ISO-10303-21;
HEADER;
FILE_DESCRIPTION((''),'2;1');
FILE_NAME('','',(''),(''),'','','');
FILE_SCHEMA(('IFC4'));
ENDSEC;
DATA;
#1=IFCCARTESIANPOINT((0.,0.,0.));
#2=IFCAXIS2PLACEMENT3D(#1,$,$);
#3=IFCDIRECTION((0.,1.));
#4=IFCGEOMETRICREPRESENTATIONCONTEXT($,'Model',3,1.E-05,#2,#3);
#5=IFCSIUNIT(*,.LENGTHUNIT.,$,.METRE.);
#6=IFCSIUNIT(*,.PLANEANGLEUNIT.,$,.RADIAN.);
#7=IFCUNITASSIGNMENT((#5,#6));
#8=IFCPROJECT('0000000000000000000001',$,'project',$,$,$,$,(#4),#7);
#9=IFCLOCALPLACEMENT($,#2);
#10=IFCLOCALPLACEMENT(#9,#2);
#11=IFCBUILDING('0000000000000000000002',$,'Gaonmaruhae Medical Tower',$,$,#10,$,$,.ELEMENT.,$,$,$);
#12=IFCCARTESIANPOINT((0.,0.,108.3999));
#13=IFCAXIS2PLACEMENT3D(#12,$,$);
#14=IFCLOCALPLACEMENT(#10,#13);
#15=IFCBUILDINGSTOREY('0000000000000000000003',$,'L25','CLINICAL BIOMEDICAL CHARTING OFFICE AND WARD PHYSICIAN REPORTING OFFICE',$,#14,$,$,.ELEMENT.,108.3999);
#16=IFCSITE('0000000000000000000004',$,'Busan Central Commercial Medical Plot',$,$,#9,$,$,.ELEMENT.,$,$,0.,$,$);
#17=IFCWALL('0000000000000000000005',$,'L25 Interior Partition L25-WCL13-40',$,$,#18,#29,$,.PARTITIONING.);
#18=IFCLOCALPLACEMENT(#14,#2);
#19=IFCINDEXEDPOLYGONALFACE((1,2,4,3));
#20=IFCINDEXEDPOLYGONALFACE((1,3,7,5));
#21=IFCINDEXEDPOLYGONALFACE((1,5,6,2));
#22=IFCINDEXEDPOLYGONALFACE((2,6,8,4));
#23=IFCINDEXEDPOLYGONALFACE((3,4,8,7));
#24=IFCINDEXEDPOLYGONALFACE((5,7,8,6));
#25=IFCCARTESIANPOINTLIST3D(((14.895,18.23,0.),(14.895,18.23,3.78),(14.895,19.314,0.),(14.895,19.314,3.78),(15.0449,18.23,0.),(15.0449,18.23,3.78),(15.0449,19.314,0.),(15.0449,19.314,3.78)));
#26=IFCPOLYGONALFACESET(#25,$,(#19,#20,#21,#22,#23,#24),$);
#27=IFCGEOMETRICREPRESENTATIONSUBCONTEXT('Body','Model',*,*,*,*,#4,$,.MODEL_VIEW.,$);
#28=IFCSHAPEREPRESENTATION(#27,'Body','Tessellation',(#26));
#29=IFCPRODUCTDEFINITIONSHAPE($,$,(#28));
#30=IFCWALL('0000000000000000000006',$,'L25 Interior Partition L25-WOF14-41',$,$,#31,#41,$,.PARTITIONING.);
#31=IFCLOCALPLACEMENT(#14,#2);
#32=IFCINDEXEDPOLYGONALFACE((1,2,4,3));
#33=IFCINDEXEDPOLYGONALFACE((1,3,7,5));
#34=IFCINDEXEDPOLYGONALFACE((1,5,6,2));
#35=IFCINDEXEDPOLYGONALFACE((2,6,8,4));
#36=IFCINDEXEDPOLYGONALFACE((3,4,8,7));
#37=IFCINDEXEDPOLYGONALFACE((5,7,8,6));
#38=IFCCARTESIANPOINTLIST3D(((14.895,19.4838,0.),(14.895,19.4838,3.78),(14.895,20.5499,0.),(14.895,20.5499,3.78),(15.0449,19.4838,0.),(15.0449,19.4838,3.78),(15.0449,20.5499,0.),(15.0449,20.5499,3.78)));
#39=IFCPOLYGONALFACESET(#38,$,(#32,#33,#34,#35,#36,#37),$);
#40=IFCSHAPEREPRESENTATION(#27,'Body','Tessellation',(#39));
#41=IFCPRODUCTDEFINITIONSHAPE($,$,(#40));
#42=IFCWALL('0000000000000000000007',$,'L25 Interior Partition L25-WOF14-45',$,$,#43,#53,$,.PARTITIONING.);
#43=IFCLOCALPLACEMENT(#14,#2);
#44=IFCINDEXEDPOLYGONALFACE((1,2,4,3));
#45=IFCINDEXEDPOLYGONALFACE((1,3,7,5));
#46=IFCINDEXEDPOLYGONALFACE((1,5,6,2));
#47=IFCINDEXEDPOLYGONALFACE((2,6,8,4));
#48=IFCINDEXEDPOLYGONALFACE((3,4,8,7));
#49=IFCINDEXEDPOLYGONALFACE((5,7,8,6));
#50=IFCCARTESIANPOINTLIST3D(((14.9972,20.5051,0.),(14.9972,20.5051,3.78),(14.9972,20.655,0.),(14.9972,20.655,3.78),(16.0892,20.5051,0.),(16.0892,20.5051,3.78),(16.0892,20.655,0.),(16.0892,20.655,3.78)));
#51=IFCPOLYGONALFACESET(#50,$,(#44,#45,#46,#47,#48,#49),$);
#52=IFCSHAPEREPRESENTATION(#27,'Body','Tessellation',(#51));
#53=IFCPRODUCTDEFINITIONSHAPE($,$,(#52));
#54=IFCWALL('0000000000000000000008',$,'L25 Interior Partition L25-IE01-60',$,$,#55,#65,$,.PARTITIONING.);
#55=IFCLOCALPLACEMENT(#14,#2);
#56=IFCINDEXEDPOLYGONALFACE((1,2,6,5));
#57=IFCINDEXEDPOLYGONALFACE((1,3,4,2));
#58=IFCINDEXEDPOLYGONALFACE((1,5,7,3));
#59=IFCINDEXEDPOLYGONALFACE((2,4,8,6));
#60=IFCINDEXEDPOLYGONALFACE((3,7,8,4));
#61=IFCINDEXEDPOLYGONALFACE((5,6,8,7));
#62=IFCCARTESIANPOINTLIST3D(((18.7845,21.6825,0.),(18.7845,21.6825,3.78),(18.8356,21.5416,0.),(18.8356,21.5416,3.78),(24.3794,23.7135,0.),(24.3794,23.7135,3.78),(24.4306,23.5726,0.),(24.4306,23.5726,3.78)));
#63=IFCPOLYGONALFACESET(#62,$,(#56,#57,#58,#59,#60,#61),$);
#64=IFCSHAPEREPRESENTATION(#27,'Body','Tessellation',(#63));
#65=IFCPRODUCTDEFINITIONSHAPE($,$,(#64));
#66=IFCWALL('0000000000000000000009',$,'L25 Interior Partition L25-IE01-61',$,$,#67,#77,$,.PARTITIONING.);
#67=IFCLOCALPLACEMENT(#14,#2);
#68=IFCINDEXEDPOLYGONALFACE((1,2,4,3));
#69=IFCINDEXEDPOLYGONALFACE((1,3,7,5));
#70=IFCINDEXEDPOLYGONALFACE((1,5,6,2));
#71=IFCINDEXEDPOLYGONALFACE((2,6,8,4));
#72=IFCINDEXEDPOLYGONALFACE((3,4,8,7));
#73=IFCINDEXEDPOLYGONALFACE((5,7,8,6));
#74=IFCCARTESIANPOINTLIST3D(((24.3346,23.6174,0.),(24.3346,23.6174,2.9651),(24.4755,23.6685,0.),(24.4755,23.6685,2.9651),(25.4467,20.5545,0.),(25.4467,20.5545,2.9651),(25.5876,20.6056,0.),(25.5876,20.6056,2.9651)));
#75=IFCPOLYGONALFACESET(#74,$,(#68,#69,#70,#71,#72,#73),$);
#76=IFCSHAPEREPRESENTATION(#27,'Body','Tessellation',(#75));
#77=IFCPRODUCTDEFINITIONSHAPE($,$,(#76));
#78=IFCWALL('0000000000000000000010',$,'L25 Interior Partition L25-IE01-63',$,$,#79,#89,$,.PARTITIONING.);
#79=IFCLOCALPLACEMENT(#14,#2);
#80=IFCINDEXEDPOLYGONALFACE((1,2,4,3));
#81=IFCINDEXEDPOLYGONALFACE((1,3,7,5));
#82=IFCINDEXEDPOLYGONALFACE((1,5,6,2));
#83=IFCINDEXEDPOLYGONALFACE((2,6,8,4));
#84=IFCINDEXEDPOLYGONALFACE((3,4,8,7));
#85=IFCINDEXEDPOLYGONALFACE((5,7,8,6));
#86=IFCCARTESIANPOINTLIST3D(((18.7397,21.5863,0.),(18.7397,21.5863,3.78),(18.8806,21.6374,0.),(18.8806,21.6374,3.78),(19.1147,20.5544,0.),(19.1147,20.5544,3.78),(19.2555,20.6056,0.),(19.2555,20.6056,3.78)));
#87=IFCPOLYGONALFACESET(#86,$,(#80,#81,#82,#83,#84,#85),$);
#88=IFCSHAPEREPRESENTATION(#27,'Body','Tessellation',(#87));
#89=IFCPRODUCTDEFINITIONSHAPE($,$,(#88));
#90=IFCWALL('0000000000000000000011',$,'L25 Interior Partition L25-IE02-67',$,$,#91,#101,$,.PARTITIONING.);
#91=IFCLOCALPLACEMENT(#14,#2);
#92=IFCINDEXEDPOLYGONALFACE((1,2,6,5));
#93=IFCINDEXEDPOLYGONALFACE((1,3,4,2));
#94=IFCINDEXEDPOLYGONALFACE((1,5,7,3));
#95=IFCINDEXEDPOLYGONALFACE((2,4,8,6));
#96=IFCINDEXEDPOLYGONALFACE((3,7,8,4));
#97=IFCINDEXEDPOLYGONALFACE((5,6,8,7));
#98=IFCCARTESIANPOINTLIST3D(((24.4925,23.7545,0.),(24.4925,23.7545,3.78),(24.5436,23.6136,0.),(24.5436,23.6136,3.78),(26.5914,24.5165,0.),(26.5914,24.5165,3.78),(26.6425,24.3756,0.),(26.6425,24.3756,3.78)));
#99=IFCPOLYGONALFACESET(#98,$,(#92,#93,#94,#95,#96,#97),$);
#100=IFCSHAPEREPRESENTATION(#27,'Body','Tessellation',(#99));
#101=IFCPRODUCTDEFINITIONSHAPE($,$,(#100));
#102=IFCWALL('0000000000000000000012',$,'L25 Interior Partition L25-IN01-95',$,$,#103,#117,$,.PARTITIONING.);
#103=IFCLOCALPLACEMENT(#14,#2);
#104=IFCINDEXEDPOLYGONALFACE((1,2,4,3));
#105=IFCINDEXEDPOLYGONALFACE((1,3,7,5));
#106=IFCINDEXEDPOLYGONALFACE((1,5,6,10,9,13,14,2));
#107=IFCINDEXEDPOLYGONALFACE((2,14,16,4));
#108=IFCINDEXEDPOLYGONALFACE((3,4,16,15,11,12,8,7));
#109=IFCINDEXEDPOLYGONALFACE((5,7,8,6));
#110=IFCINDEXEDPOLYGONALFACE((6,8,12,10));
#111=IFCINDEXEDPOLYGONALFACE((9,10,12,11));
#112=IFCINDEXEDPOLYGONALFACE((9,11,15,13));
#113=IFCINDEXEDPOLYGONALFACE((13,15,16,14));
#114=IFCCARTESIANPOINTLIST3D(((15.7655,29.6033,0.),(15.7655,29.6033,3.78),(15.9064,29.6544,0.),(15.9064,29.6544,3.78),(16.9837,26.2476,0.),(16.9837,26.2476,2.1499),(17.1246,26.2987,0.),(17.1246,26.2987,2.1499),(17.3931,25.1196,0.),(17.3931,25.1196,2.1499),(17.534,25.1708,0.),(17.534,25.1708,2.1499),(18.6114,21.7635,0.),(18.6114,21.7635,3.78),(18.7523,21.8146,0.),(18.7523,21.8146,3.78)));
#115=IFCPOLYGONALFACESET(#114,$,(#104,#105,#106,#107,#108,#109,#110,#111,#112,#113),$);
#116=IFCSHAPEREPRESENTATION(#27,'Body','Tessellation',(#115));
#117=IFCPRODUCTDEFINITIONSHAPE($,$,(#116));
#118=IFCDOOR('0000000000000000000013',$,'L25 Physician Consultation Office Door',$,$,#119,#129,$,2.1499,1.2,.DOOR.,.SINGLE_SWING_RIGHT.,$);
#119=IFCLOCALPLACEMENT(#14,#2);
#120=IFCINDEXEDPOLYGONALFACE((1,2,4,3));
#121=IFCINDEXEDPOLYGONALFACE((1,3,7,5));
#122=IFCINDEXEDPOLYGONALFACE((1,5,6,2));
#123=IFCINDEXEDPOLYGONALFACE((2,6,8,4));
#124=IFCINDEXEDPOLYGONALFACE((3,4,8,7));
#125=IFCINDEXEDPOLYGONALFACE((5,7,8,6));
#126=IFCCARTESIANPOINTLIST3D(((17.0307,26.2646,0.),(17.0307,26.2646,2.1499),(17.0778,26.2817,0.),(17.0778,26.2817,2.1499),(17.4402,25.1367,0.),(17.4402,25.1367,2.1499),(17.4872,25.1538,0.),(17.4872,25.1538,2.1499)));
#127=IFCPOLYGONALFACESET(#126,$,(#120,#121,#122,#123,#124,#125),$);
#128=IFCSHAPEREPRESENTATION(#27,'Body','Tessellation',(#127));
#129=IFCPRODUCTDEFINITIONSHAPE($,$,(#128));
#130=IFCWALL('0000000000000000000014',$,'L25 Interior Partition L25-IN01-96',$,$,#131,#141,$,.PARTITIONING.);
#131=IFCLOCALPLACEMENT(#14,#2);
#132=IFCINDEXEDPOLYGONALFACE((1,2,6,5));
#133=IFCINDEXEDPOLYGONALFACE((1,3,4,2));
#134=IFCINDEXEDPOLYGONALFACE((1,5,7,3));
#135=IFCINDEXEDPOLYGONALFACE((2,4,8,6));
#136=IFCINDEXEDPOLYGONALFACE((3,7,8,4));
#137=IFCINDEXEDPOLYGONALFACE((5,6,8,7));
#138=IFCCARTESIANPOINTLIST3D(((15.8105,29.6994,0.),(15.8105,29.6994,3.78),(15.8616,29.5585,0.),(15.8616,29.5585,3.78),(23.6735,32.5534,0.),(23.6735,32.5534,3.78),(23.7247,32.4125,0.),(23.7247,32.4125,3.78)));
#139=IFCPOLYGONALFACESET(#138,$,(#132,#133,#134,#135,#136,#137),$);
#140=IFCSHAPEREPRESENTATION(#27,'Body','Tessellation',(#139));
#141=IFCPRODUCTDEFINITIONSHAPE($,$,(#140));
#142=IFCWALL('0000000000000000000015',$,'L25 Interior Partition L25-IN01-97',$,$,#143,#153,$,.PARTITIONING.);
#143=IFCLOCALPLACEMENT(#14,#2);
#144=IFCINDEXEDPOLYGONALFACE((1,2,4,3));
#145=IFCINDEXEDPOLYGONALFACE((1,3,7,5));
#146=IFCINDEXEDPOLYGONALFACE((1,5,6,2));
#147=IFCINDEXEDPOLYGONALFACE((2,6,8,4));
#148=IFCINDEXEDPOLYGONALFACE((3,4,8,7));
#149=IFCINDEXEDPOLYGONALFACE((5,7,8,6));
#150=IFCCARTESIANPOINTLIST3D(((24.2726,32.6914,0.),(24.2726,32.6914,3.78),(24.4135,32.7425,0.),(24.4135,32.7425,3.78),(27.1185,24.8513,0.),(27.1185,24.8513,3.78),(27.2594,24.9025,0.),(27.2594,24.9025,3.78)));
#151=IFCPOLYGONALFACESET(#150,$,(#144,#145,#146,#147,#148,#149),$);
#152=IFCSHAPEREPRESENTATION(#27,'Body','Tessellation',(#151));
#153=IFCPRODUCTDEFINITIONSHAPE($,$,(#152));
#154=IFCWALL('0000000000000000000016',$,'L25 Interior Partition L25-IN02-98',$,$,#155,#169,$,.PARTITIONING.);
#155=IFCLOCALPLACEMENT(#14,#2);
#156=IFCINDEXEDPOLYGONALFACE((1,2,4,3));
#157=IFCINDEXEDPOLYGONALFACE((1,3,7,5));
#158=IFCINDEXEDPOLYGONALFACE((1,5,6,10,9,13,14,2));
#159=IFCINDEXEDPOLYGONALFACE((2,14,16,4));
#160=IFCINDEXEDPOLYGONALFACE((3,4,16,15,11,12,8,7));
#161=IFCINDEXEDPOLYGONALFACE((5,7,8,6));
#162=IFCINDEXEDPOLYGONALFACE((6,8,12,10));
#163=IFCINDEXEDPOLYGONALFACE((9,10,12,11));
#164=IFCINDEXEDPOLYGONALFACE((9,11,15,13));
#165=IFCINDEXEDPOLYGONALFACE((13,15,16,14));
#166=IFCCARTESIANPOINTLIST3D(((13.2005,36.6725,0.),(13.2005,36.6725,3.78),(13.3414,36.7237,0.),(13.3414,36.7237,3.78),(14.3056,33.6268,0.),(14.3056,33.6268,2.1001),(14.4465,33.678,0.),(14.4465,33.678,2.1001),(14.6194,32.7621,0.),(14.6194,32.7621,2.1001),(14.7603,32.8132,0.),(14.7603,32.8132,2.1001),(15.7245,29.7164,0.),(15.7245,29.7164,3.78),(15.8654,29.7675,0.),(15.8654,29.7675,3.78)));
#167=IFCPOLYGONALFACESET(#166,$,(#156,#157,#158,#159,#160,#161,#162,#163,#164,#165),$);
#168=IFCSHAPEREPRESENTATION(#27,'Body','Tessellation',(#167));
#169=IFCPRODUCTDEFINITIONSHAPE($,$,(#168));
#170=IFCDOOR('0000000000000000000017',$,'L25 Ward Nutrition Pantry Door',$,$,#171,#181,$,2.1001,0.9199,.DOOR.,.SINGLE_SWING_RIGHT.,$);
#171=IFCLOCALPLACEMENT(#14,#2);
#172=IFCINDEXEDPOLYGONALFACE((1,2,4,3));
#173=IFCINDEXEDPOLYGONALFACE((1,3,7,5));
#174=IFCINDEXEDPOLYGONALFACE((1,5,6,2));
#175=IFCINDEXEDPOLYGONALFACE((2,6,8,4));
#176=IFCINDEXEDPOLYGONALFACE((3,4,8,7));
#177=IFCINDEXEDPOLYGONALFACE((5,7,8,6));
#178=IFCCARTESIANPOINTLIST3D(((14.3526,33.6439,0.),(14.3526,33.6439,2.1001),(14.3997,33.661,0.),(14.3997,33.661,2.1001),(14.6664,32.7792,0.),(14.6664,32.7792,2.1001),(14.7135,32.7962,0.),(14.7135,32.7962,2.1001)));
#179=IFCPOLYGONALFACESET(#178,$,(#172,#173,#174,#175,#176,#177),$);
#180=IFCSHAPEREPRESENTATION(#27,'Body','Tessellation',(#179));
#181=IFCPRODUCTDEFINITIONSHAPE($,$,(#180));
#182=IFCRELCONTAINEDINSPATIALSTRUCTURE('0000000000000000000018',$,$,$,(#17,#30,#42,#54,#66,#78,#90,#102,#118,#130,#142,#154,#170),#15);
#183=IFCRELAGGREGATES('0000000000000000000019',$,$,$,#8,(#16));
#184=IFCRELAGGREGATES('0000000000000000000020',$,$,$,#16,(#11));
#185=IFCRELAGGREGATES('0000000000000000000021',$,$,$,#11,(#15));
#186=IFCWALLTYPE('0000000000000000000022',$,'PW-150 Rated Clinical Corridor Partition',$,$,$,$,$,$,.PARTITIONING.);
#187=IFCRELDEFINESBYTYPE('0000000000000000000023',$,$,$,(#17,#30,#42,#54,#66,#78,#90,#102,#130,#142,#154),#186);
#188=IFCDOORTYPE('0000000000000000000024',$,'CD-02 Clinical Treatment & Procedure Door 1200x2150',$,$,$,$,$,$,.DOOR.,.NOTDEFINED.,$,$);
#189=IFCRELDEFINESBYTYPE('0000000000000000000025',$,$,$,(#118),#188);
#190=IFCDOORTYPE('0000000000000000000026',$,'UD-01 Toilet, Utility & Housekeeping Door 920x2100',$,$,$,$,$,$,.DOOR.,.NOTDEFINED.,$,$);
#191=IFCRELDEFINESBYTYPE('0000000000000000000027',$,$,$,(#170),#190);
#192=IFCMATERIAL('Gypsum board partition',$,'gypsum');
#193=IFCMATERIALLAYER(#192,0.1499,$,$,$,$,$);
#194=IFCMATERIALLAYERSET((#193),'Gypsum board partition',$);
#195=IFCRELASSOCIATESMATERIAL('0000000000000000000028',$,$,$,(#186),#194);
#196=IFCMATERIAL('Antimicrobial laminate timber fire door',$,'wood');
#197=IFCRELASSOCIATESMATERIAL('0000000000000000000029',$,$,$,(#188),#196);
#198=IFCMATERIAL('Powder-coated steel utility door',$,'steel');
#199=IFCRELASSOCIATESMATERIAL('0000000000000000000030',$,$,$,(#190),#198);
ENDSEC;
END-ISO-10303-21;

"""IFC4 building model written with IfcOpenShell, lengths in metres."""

from ifc_helpers import new_model, si_unit, direction, frame, frame_2d, origin, place, context, subcontext, project, spatial, rectangle, extrude, material, layer, layer_set, type_object, element, fill, save


model = new_model("IFC4")

# Units and contexts
model_context = context("Model", 3, precision=1e-05, world=origin(), true_north=direction((0.0, 1.0)))
body_context = subcontext(model_context, "Body", "Model", "MODEL_VIEW")
ifc_project = project(units=[si_unit("LENGTHUNIT", "METRE"), si_unit("PLANEANGLEUNIT", "RADIAN")], contexts=[model_context])

# Site, building, storey
site_placement = place(None, origin())
site = spatial("IfcSite", under=ifc_project, at=site_placement, Name="Busan Central Commercial Medical Plot", CompositionType="ELEMENT", RefElevation=0.0)
building_placement = place(site_placement, origin())
building = spatial("IfcBuilding", under=site, at=building_placement, Name="Gaonmaruhae Medical Tower", CompositionType="ELEMENT")
storey_placement = place(building_placement, frame((0.0, 0.0, 108.3999)))
storey = spatial("IfcBuildingStorey", under=building, at=storey_placement, Name="L25", Description="CLINICAL BIOMEDICAL CHARTING OFFICE AND WARD PHYSICIAN REPORTING OFFICE", CompositionType="ELEMENT", Elevation=108.3999)

# Walls
ifc_material_1 = material(Name="Gypsum board partition", Category="gypsum")
ifc_layer_1 = layer(ifc_material_1, 0.1499)
ifc_layer_set_1 = layer_set([ifc_layer_1], Name="Gypsum board partition")
wall_type_1 = type_object("IfcWallType", Name="PW-150 Rated Clinical Corridor Partition", PredefinedType="PARTITIONING", material=ifc_layer_set_1)
wall_1_placement = place(storey_placement, frame((14.97, 19.314, 0.0), z_axis=(0.0, 0.0, 1.0), x_axis=(0.0, -1.0, 0.0)))
element("IfcWall", 1, at=wall_1_placement, inside=storey, type_object=wall_type_1, Name="L25 Interior Partition L25-WCL13-40", PredefinedType="PARTITIONING", context=body_context, shape_type="SweptSolid", body=[
    extrude(rectangle(XDim=1.084, YDim=0.1499, at=frame_2d((0.542, 0.0))), origin(), (0.0, 0.0, 1.0), 3.78),
])
wall_2_placement = place(storey_placement, frame((14.97, 20.55, 0.0), z_axis=(0.0, 0.0, 1.0), x_axis=(0.0, -1.0, 0.0)))
element("IfcWall", 2, at=wall_2_placement, inside=storey, type_object=wall_type_1, Name="L25 Interior Partition L25-WOF14-41", PredefinedType="PARTITIONING", context=body_context, shape_type="SweptSolid", body=[
    extrude(rectangle(XDim=1.0662, YDim=0.1499, at=frame_2d((0.5332, 0.0))), origin(), (0.0, 0.0, 1.0), 3.78),
])

# Shared definitions
ifc_material_2 = material(Name="Antimicrobial laminate timber fire door", Category="wood")
door_type_1 = type_object("IfcDoorType", Name="CD-02 Clinical Treatment & Procedure Door 1200x2150", OperationType="NOTDEFINED", PredefinedType="DOOR", material=ifc_material_2)

# Wall
wall_3_placement = place(storey_placement, frame((16.0891, 20.5801, 0.0), z_axis=(0.0, 0.0, 1.0), x_axis=(-1.0, 0.0, 0.0)))
element("IfcWall", 3, at=wall_3_placement, inside=storey, type_object=wall_type_1, Name="L25 Interior Partition L25-WOF14-45", PredefinedType="PARTITIONING", context=body_context, shape_type="SweptSolid", body=[
    extrude(rectangle(XDim=1.092, YDim=0.1499, at=frame_2d((0.5459, 0.0))), origin(), (0.0, 0.0, 1.0), 3.78),
])

# Walls
wall_4_placement = place(storey_placement, frame((18.8101, 21.6121, 0.0), z_axis=(0.0, 0.0, 1.0), x_axis=(0.939984, 0.341219, 0.0)))
element("IfcWall", 4, at=wall_4_placement, inside=storey, type_object=wall_type_1, Name="L25 Interior Partition L25-IE01-60", PredefinedType="PARTITIONING", context=body_context, shape_type="SweptSolid", body=[
    extrude(rectangle(XDim=5.9521, YDim=0.1499, at=frame_2d((2.9761, 0.0))), origin(), (0.0, 0.0, 1.0), 3.78),
])
wall_5_placement = place(storey_placement, frame((24.405, 23.6431, 0.0), z_axis=(0.0, 0.0, 1.0), x_axis=(0.341268, -0.939966, 0.0)))
element("IfcWall", 5, at=wall_5_placement, inside=storey, type_object=wall_type_1, Name="L25 Interior Partition L25-IE01-61", PredefinedType="PARTITIONING", context=body_context, shape_type="SweptSolid", body=[
    extrude(rectangle(XDim=3.2585, YDim=0.1499, at=frame_2d((1.6294, 0.0))), origin(), (0.0, 0.0, 1.0), 2.9651),
])
wall_6_placement = place(storey_placement, frame((19.1851, 20.5801, 0.0), z_axis=(0.0, 0.0, 1.0), x_axis=(-0.341529, 0.939871, 0.0)))
element("IfcWall", 6, at=wall_6_placement, inside=storey, type_object=wall_type_1, Name="L25 Interior Partition L25-IE01-63", PredefinedType="PARTITIONING", context=body_context, shape_type="SweptSolid", body=[
    extrude(rectangle(XDim=1.0979, YDim=0.1499, at=frame_2d((0.5488, 0.0))), origin(), (0.0, 0.0, 1.0), 3.78),
])
wall_7_placement = place(storey_placement, frame((24.5181, 23.6841, 0.0), z_axis=(0.0, 0.0, 1.0), x_axis=(0.939975, 0.341243, 0.0)))
element("IfcWall", 7, at=wall_7_placement, inside=storey, type_object=wall_type_1, Name="L25 Interior Partition L25-IE02-67", PredefinedType="PARTITIONING", context=body_context, shape_type="SweptSolid", body=[
    extrude(rectangle(XDim=2.2329, YDim=0.1499, at=frame_2d((1.1165, 0.0))), origin(), (0.0, 0.0, 1.0), 3.78),
])

# Wall, opening, door
wall_8_placement = place(storey_placement, frame((18.6819, 21.7891, 0.0), z_axis=(0.0, 0.0, 1.0), x_axis=(-0.341224, 0.939982, 0.0)))
wall_8 = element("IfcWall", 8, at=wall_8_placement, inside=storey, type_object=wall_type_1, Name="L25 Interior Partition L25-IN01-95", PredefinedType="PARTITIONING", context=body_context, shape_type="SweptSolid", body=[
    extrude(rectangle(XDim=8.3403, YDim=0.1499, at=frame_2d((4.1702, 0.0))), origin(), (0.0, 0.0, 1.0), 3.78),
])
opening_1_placement = place(wall_8_placement, frame((3.5703, 0.0, 0.0)))
opening_1 = element("IfcOpeningElement", 9, at=opening_1_placement, cuts=wall_8, PredefinedType="OPENING", context=body_context, shape_type="SweptSolid", body=[
    extrude(rectangle(XDim=1.2, YDim=2.1499, at=frame_2d((0.6001, 1.075))), frame((0.0, 0.085, 0.0), z_axis=(0.0, -1.0, 0.0), x_axis=(1.0, 0.0, 0.0)), (0.0, 0.0, 1.0), 0.1699),
])
door_1_placement = place(opening_1_placement, origin())
door_1 = element("IfcDoor", 10, at=door_1_placement, inside=storey, type_object=door_type_1, Name="L25 Physician Consultation Office Door", OperationType="SINGLE_SWING_RIGHT", OverallHeight=2.1499, OverallWidth=1.2, PredefinedType="DOOR", context=body_context, shape_type="SweptSolid", body=[
    extrude(rectangle(XDim=1.2, YDim=2.1499, at=frame_2d((0.6001, 1.075))), frame((0.0, 0.0249, 0.0), z_axis=(0.0, -1.0, 0.0), x_axis=(1.0, 0.0, 0.0)), (0.0, 0.0, 1.0), 0.05),
])
fill(opening_1, door_1)

# Walls
wall_9_placement = place(storey_placement, frame((15.8359, 29.6289, 0.0), z_axis=(0.0, 0.0, 1.0), x_axis=(0.939996, 0.341185, 0.0)))
element("IfcWall", 11, at=wall_9_placement, inside=storey, type_object=wall_type_1, Name="L25 Interior Partition L25-IN01-96", PredefinedType="PARTITIONING", context=body_context, shape_type="SweptSolid", body=[
    extrude(rectangle(XDim=8.365, YDim=0.1499, at=frame_2d((4.1826, 0.0))), origin(), (0.0, 0.0, 1.0), 3.78),
])
wall_10_placement = place(storey_placement, frame((24.343, 32.717, 0.0), z_axis=(0.0, 0.0, 1.0), x_axis=(0.341214, -0.939986, 0.0)))
element("IfcWall", 12, at=wall_10_placement, inside=storey, type_object=wall_type_1, Name="L25 Interior Partition L25-IN01-97", PredefinedType="PARTITIONING", context=body_context, shape_type="SweptSolid", body=[
    extrude(rectangle(XDim=8.3406, YDim=0.1499, at=frame_2d((4.1704, 0.0))), origin(), (0.0, 0.0, 1.0), 3.78),
])

# Wall, opening, door
wall_11_placement = place(storey_placement, frame((15.7949, 29.7419, 0.0), z_axis=(0.0, 0.0, 1.0), x_axis=(-0.341081, 0.940034, 0.0)))
wall_11 = element("IfcWall", 13, at=wall_11_placement, inside=storey, type_object=wall_type_1, Name="L25 Interior Partition L25-IN02-98", PredefinedType="PARTITIONING", context=body_context, shape_type="SweptSolid", body=[
    extrude(rectangle(XDim=7.3999, YDim=0.1499, at=frame_2d((3.7, 0.0))), origin(), (0.0, 0.0, 1.0), 3.78),
])
opening_2_placement = place(wall_11_placement, frame((3.24, 0.0, 0.0)))
opening_2 = element("IfcOpeningElement", 14, at=opening_2_placement, cuts=wall_11, PredefinedType="OPENING", context=body_context, shape_type="SweptSolid", body=[
    extrude(rectangle(XDim=0.9199, YDim=2.1001, at=frame_2d((0.46, 1.05))), frame((0.0, 0.085, 0.0), z_axis=(0.0, -1.0, 0.0), x_axis=(1.0, 0.0, 0.0)), (0.0, 0.0, 1.0), 0.1699),
])
ifc_material_3 = material(Name="Powder-coated steel utility door", Category="steel")
door_type_2 = type_object("IfcDoorType", Name="UD-01 Toilet, Utility & Housekeeping Door 920x2100", OperationType="NOTDEFINED", PredefinedType="DOOR", material=ifc_material_3)
door_2_placement = place(opening_2_placement, origin())
door_2 = element("IfcDoor", 15, at=door_2_placement, inside=storey, type_object=door_type_2, Name="L25 Ward Nutrition Pantry Door", OperationType="SINGLE_SWING_RIGHT", OverallHeight=2.1001, OverallWidth=0.9199, PredefinedType="DOOR", context=body_context, shape_type="SweptSolid", body=[
    extrude(rectangle(XDim=0.9199, YDim=2.1001, at=frame_2d((0.46, 1.05))), frame((0.0, 0.0249, 0.0), z_axis=(0.0, -1.0, 0.0), x_axis=(1.0, 0.0, 0.0)), (0.0, 0.0, 1.0), 0.05),
])
fill(opening_2, door_2)

save(model, "model.ifc")
